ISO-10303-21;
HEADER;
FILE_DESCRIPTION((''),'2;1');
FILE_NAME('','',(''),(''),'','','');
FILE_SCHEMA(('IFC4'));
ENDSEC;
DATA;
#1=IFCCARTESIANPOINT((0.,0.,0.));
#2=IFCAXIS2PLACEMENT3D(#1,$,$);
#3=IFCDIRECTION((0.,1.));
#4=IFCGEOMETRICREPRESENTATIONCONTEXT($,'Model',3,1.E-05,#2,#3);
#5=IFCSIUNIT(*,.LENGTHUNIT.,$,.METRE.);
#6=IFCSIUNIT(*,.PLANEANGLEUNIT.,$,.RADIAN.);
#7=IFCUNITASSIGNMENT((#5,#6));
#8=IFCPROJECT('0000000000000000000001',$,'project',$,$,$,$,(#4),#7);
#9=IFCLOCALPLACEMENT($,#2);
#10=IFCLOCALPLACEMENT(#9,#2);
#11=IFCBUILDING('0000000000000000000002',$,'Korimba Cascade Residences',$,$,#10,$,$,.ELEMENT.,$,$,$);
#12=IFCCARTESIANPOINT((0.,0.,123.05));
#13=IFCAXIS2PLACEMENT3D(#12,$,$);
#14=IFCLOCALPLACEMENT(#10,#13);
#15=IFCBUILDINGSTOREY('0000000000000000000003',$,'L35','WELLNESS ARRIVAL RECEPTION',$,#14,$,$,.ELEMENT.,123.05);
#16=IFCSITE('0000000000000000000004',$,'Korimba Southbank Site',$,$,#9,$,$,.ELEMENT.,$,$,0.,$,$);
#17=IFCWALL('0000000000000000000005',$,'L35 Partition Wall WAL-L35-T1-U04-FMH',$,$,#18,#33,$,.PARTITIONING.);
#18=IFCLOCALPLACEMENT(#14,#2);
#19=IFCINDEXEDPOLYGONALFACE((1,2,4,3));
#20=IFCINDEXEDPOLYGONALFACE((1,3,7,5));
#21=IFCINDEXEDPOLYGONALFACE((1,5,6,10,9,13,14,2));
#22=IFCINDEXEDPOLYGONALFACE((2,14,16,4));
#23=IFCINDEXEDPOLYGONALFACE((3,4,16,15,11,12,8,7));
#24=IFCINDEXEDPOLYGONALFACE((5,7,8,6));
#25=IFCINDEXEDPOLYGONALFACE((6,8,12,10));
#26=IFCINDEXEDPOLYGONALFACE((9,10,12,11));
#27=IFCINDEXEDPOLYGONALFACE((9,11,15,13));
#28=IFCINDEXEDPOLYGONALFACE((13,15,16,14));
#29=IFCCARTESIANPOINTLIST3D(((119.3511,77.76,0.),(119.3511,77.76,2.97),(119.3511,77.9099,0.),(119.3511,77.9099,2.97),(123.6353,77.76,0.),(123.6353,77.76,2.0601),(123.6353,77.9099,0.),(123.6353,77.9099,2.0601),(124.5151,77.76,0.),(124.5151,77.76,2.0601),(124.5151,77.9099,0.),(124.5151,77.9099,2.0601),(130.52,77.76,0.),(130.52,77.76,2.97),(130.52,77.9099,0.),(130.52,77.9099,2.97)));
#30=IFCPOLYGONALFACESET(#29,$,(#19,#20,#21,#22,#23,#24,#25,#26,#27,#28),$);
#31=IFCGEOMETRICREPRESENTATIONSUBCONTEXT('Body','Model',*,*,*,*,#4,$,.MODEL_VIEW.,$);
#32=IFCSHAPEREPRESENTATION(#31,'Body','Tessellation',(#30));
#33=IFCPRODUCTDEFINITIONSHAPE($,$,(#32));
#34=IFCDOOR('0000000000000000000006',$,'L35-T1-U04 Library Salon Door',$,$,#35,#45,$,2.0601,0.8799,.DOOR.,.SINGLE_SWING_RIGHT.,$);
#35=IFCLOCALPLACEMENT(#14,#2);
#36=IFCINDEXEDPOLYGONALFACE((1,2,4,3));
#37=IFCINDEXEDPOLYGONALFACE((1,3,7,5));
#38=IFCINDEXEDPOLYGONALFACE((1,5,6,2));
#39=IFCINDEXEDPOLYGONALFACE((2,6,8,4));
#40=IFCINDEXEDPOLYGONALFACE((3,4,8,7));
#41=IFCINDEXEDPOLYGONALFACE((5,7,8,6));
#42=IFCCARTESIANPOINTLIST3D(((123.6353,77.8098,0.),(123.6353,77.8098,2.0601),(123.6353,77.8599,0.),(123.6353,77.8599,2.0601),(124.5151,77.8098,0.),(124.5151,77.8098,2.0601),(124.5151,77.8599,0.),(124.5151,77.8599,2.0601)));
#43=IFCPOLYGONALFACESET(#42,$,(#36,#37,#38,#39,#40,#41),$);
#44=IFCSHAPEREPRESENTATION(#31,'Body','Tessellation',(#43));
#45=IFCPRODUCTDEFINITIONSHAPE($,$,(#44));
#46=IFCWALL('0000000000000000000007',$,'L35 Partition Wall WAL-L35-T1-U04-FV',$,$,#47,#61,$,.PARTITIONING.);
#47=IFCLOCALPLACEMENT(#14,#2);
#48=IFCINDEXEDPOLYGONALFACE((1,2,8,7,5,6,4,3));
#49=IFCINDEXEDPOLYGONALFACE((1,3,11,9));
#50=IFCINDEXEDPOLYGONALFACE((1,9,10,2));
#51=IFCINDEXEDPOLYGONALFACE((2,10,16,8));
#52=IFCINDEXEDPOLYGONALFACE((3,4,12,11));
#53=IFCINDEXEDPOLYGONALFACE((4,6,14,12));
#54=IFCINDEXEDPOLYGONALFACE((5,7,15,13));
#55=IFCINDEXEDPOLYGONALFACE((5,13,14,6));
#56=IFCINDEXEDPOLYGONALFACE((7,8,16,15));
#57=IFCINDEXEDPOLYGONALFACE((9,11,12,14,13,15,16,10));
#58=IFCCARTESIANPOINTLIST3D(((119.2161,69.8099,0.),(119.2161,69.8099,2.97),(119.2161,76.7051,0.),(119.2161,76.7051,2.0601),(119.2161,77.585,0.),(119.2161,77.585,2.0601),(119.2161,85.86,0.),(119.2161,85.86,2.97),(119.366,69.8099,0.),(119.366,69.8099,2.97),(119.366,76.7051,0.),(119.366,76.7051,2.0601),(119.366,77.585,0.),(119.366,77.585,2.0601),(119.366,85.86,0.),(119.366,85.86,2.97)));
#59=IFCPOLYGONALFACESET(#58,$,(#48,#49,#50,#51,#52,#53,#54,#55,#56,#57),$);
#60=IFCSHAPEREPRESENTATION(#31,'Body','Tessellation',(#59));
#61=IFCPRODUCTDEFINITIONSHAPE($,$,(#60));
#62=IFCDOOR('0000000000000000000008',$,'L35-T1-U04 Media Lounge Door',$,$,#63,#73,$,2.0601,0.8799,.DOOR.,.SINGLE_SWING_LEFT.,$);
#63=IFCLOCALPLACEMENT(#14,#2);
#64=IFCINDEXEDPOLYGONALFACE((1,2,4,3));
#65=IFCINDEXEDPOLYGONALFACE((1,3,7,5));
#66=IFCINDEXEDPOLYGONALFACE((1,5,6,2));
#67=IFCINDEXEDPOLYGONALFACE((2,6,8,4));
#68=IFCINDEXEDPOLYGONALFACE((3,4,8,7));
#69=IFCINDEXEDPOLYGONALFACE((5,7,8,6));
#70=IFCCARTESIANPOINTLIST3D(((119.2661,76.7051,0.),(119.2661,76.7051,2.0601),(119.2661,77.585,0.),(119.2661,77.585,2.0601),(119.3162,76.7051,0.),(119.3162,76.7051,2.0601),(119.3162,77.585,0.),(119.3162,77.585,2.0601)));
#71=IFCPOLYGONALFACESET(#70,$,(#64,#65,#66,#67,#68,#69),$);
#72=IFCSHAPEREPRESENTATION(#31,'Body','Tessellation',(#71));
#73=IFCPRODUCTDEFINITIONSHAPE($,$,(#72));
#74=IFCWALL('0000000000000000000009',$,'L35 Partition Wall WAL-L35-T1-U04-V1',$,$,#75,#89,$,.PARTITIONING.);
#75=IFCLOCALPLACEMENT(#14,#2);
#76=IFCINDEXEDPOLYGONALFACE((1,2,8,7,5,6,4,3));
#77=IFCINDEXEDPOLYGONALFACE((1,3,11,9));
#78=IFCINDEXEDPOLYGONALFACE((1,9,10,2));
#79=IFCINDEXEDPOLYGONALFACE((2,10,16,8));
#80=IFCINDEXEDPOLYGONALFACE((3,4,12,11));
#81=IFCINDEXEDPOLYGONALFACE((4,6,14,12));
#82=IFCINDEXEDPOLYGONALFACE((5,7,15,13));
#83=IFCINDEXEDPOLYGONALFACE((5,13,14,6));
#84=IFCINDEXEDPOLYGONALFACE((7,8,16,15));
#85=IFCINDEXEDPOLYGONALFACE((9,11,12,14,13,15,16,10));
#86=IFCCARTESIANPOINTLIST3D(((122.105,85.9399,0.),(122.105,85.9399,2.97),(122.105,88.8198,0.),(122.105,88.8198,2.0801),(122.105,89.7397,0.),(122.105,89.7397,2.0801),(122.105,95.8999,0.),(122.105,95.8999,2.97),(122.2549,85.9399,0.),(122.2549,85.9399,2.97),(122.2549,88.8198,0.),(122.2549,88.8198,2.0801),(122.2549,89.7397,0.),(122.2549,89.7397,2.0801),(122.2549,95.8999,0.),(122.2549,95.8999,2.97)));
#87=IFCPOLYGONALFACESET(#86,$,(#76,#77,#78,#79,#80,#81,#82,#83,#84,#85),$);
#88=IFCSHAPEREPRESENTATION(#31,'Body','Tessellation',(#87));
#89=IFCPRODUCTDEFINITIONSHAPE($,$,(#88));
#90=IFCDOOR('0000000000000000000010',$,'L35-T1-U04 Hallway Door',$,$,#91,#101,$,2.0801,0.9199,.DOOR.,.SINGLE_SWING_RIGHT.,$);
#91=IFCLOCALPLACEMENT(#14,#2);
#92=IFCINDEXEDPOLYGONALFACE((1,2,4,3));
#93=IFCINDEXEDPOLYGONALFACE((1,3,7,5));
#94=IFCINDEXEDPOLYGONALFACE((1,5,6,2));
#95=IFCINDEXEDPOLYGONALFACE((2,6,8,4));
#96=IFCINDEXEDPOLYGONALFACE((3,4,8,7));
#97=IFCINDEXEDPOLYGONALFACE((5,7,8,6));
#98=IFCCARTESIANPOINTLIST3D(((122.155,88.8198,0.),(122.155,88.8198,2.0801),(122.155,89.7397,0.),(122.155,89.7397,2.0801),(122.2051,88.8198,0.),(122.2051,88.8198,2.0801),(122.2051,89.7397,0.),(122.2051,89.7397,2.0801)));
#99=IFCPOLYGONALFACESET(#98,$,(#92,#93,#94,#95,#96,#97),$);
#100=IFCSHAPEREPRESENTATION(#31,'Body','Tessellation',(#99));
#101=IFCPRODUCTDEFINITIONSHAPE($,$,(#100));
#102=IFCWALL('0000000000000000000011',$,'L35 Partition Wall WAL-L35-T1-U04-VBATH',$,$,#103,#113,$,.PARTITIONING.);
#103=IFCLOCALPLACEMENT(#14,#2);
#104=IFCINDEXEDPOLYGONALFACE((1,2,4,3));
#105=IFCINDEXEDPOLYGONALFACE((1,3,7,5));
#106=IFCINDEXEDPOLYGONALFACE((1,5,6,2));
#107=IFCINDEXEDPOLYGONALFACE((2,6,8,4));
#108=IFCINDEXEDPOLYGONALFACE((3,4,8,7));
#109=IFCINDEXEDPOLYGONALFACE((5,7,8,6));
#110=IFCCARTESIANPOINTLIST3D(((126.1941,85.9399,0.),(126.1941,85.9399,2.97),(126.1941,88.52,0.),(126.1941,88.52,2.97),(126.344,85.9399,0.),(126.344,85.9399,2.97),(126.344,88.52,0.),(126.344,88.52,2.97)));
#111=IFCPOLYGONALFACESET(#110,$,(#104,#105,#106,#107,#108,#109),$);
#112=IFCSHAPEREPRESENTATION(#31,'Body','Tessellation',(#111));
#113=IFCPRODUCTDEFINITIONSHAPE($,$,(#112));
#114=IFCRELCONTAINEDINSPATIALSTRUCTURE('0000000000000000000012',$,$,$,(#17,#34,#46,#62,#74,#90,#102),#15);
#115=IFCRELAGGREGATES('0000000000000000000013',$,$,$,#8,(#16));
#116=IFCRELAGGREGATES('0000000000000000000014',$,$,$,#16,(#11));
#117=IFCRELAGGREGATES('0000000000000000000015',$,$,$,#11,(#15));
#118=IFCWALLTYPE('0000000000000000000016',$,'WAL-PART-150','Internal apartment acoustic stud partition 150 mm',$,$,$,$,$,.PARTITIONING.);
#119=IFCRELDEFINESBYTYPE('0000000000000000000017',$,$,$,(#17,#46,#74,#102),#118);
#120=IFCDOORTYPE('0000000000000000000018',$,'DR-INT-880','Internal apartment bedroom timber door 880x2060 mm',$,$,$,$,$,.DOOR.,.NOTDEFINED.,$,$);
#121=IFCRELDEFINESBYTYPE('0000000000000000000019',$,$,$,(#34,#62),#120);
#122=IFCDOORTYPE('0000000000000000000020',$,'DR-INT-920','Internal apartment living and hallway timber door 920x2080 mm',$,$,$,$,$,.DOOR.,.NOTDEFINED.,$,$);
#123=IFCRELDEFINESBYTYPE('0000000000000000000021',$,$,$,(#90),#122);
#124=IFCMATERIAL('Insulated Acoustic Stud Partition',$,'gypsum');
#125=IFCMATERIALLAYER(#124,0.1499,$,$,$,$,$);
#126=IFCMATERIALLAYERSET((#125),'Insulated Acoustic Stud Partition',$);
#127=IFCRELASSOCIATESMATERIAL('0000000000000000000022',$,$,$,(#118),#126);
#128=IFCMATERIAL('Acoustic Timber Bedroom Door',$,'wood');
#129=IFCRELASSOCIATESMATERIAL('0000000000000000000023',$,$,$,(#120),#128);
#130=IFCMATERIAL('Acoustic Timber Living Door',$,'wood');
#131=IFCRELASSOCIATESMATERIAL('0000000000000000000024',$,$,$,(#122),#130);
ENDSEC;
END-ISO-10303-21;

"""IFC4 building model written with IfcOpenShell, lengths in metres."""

from ifc_helpers import new_model, si_unit, direction, frame, frame_2d, origin, place, context, subcontext, project, spatial, rectangle, extrude, material, layer, layer_set, type_object, element, fill, save


model = new_model("IFC4")

# Units and contexts
model_context = context("Model", 3, precision=1e-05, world=origin(), true_north=direction((0.0, 1.0)))
body_context = subcontext(model_context, "Body", "Model", "MODEL_VIEW")
ifc_project = project(units=[si_unit("LENGTHUNIT", "METRE"), si_unit("PLANEANGLEUNIT", "RADIAN")], contexts=[model_context])

# Site, building, storey
site_placement = place(None, origin())
site = spatial("IfcSite", under=ifc_project, at=site_placement, Name="Korimba Southbank Site", CompositionType="ELEMENT", RefElevation=0.0)
building_placement = place(site_placement, origin())
building = spatial("IfcBuilding", under=site, at=building_placement, Name="Korimba Cascade Residences", CompositionType="ELEMENT")
storey_placement = place(building_placement, frame((0.0, 0.0, 123.05)))
storey = spatial("IfcBuildingStorey", under=building, at=storey_placement, Name="L35", Description="WELLNESS ARRIVAL RECEPTION", CompositionType="ELEMENT", Elevation=123.05)

# Shared definitions
ifc_material_1 = material(Name="Insulated Acoustic Stud Partition", Category="gypsum")
ifc_layer_1 = layer(ifc_material_1, 0.1499)
ifc_layer_set_1 = layer_set([ifc_layer_1], Name="Insulated Acoustic Stud Partition")
wall_type_1 = type_object("IfcWallType", Name="WAL-PART-150", Description="Internal apartment acoustic stud partition 150 mm", PredefinedType="PARTITIONING", material=ifc_layer_set_1)
ifc_material_2 = material(Name="Acoustic Timber Bedroom Door", Category="wood")
door_type_1 = type_object("IfcDoorType", Name="DR-INT-880", Description="Internal apartment bedroom timber door 880x2060 mm", OperationType="NOTDEFINED", PredefinedType="DOOR", material=ifc_material_2)

# Walls, openings, doors
wall_1_placement = place(storey_placement, frame((119.3511, 77.835, 0.0), z_axis=(0.0, 0.0, 1.0), x_axis=(1.0, 0.0, 0.0)))
wall_1 = element("IfcWall", 1, at=wall_1_placement, inside=storey, type_object=wall_type_1, Name="L35 Partition Wall WAL-L35-T1-U04-FMH", PredefinedType="PARTITIONING", context=body_context, shape_type="SweptSolid", body=[
    extrude(rectangle(XDim=11.1689, YDim=0.1499, at=frame_2d((5.5845, 0.0))), origin(), (0.0, 0.0, 1.0), 2.97),
])
opening_1_placement = place(wall_1_placement, frame((4.2842, 0.0, 0.0)))
opening_1 = element("IfcOpeningElement", 2, at=opening_1_placement, cuts=wall_1, PredefinedType="OPENING", context=body_context, shape_type="SweptSolid", body=[
    extrude(rectangle(XDim=0.8799, YDim=2.0601, at=frame_2d((0.4399, 1.03))), frame((0.0, 0.085, 0.0), z_axis=(0.0, -1.0, 0.0), x_axis=(1.0, 0.0, 0.0)), (0.0, 0.0, 1.0), 0.1699),
])
door_1_placement = place(opening_1_placement, origin())
door_1 = element("IfcDoor", 3, at=door_1_placement, inside=storey, type_object=door_type_1, Name="L35-T1-U04 Library Salon Door", OperationType="SINGLE_SWING_RIGHT", OverallHeight=2.0601, OverallWidth=0.8799, PredefinedType="DOOR", context=body_context, shape_type="SweptSolid", body=[
    extrude(rectangle(XDim=0.8799, YDim=2.0601, at=frame_2d((0.4399, 1.03))), frame((0.0, 0.0249, 0.0), z_axis=(0.0, -1.0, 0.0), x_axis=(1.0, 0.0, 0.0)), (0.0, 0.0, 1.0), 0.05),
])
fill(opening_1, door_1)
wall_2_placement = place(storey_placement, frame((119.291, 69.8101, 0.0), z_axis=(0.0, 0.0, 1.0), x_axis=(0.0, 1.0, 0.0)))
wall_2 = element("IfcWall", 4, at=wall_2_placement, inside=storey, type_object=wall_type_1, Name="L35 Partition Wall WAL-L35-T1-U04-FV", PredefinedType="PARTITIONING", context=body_context, shape_type="SweptSolid", body=[
    extrude(rectangle(XDim=16.05, YDim=0.1499, at=frame_2d((8.0249, 0.0))), origin(), (0.0, 0.0, 1.0), 2.97),
])
opening_2_placement = place(wall_2_placement, frame((6.895, 0.0, 0.0)))
opening_2 = element("IfcOpeningElement", 5, at=opening_2_placement, cuts=wall_2, PredefinedType="OPENING", context=body_context, shape_type="SweptSolid", body=[
    extrude(rectangle(XDim=0.8799, YDim=2.0601, at=frame_2d((0.4399, 1.03))), frame((0.0, 0.085, 0.0), z_axis=(0.0, -1.0, 0.0), x_axis=(1.0, 0.0, 0.0)), (0.0, 0.0, 1.0), 0.1699),
])
door_2_placement = place(opening_2_placement, origin())
door_2 = element("IfcDoor", 6, at=door_2_placement, inside=storey, type_object=door_type_1, Name="L35-T1-U04 Media Lounge Door", OperationType="SINGLE_SWING_LEFT", OverallHeight=2.0601, OverallWidth=0.8799, PredefinedType="DOOR", context=body_context, shape_type="SweptSolid", body=[
    extrude(rectangle(XDim=0.8799, YDim=2.0601, at=frame_2d((0.4399, 1.03))), frame((0.0, 0.0249, 0.0), z_axis=(0.0, -1.0, 0.0), x_axis=(1.0, 0.0, 0.0)), (0.0, 0.0, 1.0), 0.05),
])
fill(opening_2, door_2)
wall_3_placement = place(storey_placement, frame((122.1799, 85.9399, 0.0), z_axis=(0.0, 0.0, 1.0), x_axis=(0.0, 1.0, 0.0)))
wall_3 = element("IfcWall", 7, at=wall_3_placement, inside=storey, type_object=wall_type_1, Name="L35 Partition Wall WAL-L35-T1-U04-V1", PredefinedType="PARTITIONING", context=body_context, shape_type="SweptSolid", body=[
    extrude(rectangle(XDim=9.96, YDim=0.1499, at=frame_2d((4.98, 0.0))), origin(), (0.0, 0.0, 1.0), 2.97),
])
opening_3_placement = place(wall_3_placement, frame((2.8799, 0.0, 0.0)))
opening_3 = element("IfcOpeningElement", 8, at=opening_3_placement, cuts=wall_3, PredefinedType="OPENING", context=body_context, shape_type="SweptSolid", body=[
    extrude(rectangle(XDim=0.9199, YDim=2.0801, at=frame_2d((0.46, 1.04))), frame((0.0, 0.085, 0.0), z_axis=(0.0, -1.0, 0.0), x_axis=(1.0, 0.0, 0.0)), (0.0, 0.0, 1.0), 0.1699),
])
ifc_material_3 = material(Name="Acoustic Timber Living Door", Category="wood")
door_type_2 = type_object("IfcDoorType", Name="DR-INT-920", Description="Internal apartment living and hallway timber door 920x2080 mm", OperationType="NOTDEFINED", PredefinedType="DOOR", material=ifc_material_3)
door_3_placement = place(opening_3_placement, origin())
door_3 = element("IfcDoor", 9, at=door_3_placement, inside=storey, type_object=door_type_2, Name="L35-T1-U04 Hallway Door", OperationType="SINGLE_SWING_RIGHT", OverallHeight=2.0801, OverallWidth=0.9199, PredefinedType="DOOR", context=body_context, shape_type="SweptSolid", body=[
    extrude(rectangle(XDim=0.9199, YDim=2.0801, at=frame_2d((0.46, 1.04))), frame((0.0, 0.0249, 0.0), z_axis=(0.0, -1.0, 0.0), x_axis=(1.0, 0.0, 0.0)), (0.0, 0.0, 1.0), 0.05),
])
fill(opening_3, door_3)

# Wall
wall_4_placement = place(storey_placement, frame((126.269, 85.9399, 0.0), z_axis=(0.0, 0.0, 1.0), x_axis=(0.0, 1.0, 0.0)))
element("IfcWall", 10, at=wall_4_placement, inside=storey, type_object=wall_type_1, Name="L35 Partition Wall WAL-L35-T1-U04-VBATH", PredefinedType="PARTITIONING", context=body_context, shape_type="SweptSolid", body=[
    extrude(rectangle(XDim=2.5801, YDim=0.1499, at=frame_2d((1.29, 0.0))), origin(), (0.0, 0.0, 1.0), 2.97),
])

save(model, "model.ifc")
